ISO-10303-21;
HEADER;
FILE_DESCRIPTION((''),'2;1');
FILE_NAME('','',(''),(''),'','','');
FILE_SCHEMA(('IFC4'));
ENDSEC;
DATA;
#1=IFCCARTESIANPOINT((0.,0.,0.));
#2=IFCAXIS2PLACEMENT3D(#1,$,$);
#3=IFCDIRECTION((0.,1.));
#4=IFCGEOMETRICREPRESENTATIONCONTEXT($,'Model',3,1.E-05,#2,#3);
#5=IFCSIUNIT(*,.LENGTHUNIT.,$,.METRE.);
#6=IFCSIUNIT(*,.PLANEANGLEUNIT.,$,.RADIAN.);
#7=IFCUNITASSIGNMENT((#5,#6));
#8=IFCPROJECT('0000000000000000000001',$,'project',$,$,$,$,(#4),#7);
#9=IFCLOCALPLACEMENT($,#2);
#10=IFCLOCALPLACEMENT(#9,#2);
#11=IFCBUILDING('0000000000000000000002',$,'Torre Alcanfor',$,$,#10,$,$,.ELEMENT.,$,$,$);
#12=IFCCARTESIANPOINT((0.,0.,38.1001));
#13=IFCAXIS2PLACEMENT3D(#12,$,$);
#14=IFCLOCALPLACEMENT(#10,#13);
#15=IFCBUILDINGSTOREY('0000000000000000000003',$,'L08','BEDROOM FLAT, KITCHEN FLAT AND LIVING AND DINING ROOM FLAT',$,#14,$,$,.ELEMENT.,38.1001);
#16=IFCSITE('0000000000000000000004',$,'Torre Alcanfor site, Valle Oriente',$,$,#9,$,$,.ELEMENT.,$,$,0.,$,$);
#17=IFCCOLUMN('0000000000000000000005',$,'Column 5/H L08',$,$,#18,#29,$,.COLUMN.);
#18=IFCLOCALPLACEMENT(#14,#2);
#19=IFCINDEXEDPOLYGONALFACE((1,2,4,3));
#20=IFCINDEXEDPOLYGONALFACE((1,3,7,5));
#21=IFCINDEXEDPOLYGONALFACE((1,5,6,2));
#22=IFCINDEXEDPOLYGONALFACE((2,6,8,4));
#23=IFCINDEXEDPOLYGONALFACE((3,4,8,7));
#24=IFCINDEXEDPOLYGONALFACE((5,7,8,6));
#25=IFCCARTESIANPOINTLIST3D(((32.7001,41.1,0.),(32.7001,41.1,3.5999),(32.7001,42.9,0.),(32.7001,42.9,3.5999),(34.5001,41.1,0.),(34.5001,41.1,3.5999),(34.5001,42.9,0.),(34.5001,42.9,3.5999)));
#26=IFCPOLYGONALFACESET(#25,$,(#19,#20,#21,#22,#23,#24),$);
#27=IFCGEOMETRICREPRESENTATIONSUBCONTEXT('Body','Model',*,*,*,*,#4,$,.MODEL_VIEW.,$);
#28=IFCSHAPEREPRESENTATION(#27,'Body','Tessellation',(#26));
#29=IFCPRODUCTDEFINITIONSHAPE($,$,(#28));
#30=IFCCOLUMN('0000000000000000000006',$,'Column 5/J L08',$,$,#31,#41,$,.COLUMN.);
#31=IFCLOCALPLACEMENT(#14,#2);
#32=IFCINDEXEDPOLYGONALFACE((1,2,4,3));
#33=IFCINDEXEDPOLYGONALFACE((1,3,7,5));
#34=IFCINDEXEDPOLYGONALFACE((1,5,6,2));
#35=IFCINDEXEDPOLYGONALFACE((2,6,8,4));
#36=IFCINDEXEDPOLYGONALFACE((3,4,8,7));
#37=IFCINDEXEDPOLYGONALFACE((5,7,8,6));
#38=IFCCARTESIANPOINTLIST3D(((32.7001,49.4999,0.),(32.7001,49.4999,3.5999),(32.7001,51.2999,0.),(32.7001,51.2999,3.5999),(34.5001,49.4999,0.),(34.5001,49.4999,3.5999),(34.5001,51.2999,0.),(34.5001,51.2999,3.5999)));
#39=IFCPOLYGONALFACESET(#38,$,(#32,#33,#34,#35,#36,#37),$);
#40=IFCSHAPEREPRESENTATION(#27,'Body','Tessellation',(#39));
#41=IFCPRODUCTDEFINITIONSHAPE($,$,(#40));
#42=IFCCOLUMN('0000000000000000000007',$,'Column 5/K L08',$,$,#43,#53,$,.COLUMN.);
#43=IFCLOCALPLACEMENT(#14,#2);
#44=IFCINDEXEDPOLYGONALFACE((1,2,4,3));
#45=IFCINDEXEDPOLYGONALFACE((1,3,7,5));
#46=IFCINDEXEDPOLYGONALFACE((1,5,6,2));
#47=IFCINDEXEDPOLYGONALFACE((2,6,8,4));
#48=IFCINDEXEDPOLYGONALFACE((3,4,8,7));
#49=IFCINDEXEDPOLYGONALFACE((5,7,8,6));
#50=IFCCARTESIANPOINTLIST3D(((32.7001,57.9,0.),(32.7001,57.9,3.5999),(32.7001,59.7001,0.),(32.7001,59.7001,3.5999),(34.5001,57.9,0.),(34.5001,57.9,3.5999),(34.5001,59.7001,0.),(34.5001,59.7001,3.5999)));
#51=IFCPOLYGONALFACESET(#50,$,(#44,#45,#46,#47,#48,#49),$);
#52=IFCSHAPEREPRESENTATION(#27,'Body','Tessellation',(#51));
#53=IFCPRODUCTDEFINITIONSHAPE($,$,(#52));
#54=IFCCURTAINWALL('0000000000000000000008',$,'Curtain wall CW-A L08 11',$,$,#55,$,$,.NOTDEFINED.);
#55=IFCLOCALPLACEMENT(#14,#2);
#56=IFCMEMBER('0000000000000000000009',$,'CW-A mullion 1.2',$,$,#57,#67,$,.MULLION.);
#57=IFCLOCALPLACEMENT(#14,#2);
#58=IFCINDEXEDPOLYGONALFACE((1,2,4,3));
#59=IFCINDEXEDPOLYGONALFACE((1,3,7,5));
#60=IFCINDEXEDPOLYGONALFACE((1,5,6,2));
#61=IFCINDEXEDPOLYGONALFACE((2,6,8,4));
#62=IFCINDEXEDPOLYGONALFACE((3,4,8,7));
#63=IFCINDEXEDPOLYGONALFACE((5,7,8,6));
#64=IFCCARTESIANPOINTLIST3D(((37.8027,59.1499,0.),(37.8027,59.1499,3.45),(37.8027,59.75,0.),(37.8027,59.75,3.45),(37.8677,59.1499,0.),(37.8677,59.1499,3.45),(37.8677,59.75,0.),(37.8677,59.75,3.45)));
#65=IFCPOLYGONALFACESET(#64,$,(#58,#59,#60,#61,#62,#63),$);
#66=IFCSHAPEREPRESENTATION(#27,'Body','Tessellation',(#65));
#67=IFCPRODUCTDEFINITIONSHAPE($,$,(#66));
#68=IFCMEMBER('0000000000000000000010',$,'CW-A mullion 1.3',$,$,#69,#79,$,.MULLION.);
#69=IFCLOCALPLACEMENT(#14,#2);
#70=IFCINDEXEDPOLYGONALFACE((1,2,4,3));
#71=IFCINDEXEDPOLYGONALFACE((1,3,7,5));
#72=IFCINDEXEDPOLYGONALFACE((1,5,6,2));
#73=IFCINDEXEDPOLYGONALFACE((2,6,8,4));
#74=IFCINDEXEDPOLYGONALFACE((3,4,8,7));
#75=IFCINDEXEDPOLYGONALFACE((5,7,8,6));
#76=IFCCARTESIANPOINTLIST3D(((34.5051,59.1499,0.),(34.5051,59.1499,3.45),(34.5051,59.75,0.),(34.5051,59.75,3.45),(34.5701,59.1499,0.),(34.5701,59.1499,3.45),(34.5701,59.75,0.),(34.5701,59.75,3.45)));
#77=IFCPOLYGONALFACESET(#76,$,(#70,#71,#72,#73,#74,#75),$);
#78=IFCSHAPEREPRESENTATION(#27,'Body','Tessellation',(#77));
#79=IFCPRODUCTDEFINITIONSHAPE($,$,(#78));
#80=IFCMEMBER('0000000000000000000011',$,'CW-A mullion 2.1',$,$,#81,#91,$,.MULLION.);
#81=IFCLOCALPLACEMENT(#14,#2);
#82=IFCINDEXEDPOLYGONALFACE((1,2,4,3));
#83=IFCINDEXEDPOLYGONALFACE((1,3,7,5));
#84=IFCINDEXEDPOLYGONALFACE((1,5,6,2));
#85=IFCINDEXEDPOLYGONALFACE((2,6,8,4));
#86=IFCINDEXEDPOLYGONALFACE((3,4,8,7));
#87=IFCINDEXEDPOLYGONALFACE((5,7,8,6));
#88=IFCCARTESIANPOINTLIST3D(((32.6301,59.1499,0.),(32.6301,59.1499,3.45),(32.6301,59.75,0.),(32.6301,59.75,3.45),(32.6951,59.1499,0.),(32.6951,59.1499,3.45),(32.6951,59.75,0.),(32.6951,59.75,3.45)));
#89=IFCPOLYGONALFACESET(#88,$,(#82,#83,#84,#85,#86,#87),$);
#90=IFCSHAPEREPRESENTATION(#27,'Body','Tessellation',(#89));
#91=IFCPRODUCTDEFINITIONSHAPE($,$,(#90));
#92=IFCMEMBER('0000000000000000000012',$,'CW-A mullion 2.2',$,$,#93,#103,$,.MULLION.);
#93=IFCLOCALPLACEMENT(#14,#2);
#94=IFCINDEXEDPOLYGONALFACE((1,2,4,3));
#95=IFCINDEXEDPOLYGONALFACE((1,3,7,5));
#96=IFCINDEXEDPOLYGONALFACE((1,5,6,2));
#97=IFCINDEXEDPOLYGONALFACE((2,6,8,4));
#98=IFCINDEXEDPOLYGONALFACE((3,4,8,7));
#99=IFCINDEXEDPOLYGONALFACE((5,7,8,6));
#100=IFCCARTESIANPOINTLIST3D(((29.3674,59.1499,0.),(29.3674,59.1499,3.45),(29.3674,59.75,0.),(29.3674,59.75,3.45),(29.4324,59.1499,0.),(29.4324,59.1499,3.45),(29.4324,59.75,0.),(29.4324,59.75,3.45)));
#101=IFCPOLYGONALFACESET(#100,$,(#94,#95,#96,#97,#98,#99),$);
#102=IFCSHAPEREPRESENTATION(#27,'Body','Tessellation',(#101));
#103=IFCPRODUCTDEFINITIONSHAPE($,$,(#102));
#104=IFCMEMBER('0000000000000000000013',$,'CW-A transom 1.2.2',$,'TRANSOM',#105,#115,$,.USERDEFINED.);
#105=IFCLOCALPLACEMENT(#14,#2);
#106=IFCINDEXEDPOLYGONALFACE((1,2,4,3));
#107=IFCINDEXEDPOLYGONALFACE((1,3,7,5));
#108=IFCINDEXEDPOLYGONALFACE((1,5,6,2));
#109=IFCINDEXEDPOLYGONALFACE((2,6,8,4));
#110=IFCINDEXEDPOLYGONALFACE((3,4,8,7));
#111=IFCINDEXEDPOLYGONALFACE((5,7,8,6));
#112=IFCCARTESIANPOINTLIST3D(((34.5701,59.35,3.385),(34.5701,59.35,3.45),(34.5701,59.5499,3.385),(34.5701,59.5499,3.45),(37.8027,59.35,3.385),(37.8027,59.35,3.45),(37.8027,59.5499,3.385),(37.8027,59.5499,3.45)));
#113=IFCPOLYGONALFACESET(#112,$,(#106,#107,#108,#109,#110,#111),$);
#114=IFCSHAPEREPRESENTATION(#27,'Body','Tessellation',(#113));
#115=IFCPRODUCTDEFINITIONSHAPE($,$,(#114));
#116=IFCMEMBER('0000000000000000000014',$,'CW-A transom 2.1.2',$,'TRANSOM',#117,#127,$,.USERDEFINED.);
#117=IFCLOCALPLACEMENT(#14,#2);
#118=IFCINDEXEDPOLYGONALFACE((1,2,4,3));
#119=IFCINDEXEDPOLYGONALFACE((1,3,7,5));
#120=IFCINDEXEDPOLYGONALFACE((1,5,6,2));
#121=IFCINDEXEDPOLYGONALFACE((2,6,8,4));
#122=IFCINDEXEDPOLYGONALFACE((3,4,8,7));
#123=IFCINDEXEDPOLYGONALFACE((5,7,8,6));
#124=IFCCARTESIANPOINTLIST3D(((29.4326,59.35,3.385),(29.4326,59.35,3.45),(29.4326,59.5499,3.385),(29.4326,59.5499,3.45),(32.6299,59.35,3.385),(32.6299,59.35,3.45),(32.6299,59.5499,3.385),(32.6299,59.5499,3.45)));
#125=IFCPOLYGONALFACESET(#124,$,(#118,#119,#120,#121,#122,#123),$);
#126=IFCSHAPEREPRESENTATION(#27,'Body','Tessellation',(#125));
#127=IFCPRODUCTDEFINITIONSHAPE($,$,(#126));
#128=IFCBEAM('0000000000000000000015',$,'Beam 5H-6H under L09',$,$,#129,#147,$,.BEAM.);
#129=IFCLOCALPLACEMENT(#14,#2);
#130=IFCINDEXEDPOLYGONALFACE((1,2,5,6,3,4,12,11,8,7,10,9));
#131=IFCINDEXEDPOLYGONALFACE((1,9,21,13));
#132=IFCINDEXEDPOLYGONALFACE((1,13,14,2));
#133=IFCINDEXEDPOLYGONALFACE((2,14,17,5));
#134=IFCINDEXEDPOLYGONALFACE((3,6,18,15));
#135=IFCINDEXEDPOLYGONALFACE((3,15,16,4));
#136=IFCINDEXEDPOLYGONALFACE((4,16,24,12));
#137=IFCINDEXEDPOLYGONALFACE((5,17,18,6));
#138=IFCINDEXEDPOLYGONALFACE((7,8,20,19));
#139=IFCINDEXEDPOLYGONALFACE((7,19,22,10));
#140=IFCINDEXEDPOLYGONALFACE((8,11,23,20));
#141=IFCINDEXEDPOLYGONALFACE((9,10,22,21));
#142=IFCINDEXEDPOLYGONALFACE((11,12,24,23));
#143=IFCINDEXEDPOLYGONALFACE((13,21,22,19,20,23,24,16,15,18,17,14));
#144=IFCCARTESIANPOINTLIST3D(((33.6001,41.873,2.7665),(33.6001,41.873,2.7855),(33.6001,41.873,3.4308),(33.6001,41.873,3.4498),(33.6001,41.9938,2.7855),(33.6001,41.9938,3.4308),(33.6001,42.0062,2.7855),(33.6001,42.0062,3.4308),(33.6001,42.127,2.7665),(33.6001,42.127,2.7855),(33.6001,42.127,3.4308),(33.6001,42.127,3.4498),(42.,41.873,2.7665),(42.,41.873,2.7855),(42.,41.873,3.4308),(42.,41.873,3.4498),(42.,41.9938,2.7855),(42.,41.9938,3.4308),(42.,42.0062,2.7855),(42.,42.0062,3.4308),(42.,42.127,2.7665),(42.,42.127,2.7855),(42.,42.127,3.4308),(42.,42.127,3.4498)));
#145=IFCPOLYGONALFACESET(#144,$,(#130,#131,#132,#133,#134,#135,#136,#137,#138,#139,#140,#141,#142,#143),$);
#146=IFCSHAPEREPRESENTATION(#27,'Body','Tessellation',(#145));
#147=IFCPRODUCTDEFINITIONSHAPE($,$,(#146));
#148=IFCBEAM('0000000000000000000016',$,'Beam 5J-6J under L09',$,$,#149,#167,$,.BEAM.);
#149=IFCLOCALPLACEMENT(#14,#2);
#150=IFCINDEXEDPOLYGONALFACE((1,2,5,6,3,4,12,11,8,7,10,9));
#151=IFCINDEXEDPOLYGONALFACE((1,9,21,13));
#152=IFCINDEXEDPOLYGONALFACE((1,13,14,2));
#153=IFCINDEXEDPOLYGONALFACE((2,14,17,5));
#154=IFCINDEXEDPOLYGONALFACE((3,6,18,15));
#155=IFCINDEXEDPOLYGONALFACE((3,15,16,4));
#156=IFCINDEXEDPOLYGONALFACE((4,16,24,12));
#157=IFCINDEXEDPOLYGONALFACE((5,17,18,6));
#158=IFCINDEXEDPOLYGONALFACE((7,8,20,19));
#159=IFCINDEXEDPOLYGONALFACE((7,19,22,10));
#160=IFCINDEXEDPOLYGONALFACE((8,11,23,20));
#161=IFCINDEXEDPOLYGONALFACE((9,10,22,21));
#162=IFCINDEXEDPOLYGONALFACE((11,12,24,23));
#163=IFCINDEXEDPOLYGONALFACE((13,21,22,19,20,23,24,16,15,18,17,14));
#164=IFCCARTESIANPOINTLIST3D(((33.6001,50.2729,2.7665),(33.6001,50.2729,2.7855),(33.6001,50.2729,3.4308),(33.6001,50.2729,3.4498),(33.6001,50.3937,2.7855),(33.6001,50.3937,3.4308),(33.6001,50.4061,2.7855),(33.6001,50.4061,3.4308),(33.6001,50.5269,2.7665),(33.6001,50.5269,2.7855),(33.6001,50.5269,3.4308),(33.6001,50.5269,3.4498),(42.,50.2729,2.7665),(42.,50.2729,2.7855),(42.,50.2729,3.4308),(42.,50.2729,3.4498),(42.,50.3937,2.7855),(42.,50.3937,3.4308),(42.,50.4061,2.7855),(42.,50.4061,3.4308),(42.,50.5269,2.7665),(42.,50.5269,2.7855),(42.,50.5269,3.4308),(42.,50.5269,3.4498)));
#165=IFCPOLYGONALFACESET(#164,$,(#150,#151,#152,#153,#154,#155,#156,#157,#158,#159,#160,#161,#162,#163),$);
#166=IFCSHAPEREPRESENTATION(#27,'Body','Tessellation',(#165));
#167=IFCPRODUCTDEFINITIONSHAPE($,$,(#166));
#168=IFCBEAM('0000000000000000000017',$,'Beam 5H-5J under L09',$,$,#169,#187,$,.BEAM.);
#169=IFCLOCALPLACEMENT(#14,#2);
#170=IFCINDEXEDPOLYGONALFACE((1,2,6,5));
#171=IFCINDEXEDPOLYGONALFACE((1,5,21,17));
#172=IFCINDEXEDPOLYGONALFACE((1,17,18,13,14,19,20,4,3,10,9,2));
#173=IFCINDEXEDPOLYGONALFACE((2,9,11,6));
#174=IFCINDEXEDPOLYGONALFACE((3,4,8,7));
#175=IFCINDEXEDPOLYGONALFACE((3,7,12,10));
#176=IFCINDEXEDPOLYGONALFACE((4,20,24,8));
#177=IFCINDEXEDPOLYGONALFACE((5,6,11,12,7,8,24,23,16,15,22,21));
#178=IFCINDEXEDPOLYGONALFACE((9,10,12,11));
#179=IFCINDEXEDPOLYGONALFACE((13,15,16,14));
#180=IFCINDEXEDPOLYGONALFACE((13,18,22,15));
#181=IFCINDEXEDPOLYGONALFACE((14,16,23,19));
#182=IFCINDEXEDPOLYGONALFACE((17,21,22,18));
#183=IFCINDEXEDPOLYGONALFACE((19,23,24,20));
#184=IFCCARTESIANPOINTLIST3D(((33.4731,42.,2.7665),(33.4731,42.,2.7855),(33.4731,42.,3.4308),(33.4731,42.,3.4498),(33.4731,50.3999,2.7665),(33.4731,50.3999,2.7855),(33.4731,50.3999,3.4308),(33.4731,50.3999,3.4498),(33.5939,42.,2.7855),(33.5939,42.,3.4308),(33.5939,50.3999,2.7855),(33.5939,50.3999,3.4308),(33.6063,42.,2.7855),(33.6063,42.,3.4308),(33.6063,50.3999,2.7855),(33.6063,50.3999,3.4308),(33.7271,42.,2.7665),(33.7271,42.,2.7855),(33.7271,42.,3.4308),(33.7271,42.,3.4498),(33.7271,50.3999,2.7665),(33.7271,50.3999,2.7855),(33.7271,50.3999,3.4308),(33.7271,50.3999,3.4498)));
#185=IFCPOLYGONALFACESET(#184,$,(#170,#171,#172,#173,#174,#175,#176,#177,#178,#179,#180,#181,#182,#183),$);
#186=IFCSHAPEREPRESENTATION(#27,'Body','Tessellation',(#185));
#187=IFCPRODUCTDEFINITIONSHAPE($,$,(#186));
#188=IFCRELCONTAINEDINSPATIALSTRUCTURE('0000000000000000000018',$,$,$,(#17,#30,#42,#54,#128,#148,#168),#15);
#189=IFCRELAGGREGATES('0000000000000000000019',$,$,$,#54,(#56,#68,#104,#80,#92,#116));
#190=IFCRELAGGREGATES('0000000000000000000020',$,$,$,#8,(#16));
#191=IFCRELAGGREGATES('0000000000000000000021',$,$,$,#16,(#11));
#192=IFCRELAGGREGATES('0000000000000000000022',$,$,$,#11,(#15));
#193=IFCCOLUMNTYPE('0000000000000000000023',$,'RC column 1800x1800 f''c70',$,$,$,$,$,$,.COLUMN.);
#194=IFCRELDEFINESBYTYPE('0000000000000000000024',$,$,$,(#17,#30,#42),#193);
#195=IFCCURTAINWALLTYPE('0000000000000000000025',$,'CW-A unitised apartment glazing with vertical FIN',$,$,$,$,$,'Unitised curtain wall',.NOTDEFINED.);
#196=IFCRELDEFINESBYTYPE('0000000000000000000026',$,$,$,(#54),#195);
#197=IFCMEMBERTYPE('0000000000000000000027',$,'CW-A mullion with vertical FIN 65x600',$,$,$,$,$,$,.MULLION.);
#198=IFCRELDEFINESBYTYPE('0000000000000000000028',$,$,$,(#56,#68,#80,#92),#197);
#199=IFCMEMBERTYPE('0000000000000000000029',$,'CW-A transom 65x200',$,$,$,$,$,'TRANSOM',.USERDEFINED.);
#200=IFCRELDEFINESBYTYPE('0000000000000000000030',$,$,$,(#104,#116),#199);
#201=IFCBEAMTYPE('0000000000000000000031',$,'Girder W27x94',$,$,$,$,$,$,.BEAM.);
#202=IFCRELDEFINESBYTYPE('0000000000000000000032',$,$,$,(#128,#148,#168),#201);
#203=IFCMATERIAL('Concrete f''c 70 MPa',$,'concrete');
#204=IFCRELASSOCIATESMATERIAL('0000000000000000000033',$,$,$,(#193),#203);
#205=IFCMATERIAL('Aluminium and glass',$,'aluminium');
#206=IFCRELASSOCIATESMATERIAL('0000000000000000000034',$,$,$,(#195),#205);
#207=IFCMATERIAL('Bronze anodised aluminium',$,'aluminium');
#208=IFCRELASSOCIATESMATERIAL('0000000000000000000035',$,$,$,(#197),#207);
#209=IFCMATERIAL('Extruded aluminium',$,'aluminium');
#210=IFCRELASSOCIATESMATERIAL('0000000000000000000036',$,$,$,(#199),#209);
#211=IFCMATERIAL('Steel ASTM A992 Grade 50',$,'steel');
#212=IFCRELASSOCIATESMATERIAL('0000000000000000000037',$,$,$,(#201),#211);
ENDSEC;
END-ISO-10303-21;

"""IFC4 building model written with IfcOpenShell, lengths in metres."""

from ifc_helpers import new_model, si_unit, direction, frame, origin, origin_2d, place, context, subcontext, project, spatial, rectangle, i_section, extrude, material, material_profile, profile_set, type_object, element, aggregate, save


model = new_model("IFC4")

# Units and contexts
model_context = context("Model", 3, precision=1e-05, world=origin(), true_north=direction((0.0, 1.0)))
body_context = subcontext(model_context, "Body", "Model", "MODEL_VIEW")
ifc_project = project(units=[si_unit("LENGTHUNIT", "METRE"), si_unit("PLANEANGLEUNIT", "RADIAN")], contexts=[model_context])

# Site, building, storey
site_placement = place(None, origin())
site = spatial("IfcSite", under=ifc_project, at=site_placement, Name="Torre Alcanfor site, Valle Oriente", CompositionType="ELEMENT", RefElevation=0.0)
building_placement = place(site_placement, origin())
building = spatial("IfcBuilding", under=site, at=building_placement, Name="Torre Alcanfor", CompositionType="ELEMENT")
storey_placement = place(building_placement, frame((0.0, 0.0, 38.1001)))
storey = spatial("IfcBuildingStorey", under=building, at=storey_placement, Name="L08", Description="BEDROOM FLAT, KITCHEN FLAT AND LIVING AND DINING ROOM FLAT", CompositionType="ELEMENT", Elevation=38.1001)

# Columns
ifc_material_1 = material(Name="Concrete f'c 70 MPa", Category="concrete")
ifc_material_profile_1 = material_profile(ifc_material_1, rectangle(XDim=1.8, YDim=1.8, at=origin_2d()), Name="1800x1800")
ifc_profile_set_1 = profile_set([ifc_material_profile_1], Name="Concrete f'c 70 MPa")
column_type = type_object("IfcColumnType", Name="RC column 1800x1800 f'c70", PredefinedType="COLUMN", material=ifc_profile_set_1)
for number, where, z_axis, x_axis, name in (
    (1, (33.6001, 42.0, 0.0), (0.0, 0.0, 1.0), (1.0, 0.0, 0.0), "Column 5/H L08"),
    (2, (33.6001, 50.3999, 0.0), (0.0, 0.0, 1.0), (1.0, 0.0, 0.0), "Column 5/J L08"),
    (3, (33.6001, 58.8, 0.0), (0.0, 0.0, 1.0), (1.0, 0.0, 0.0), "Column 5/K L08"),
):
    element("IfcColumn", number, at=place(storey_placement, frame(where, z_axis=z_axis, x_axis=x_axis)), inside=storey, type_object=column_type, Name=name, PredefinedType="COLUMN", context=body_context, shape_type="SweptSolid", body=[
        extrude(rectangle(XDim=1.8, YDim=1.8, at=origin_2d()), origin(), (0.0, 0.0, 1.0), 3.5999),
    ])

# Curtain wall, members
ifc_material_2 = material(Name="Aluminium and glass", Category="aluminium")
curtain_wall_type = type_object("IfcCurtainWallType", Name="CW-A unitised apartment glazing with vertical FIN", ElementType="Unitised curtain wall", PredefinedType="NOTDEFINED", material=ifc_material_2)
curtain_wall_placement = place(storey_placement, origin())
curtain_wall = element("IfcCurtainWall", 4, at=curtain_wall_placement, inside=storey, type_object=curtain_wall_type, Name="Curtain wall CW-A L08 11", PredefinedType="NOTDEFINED")
ifc_material_3 = material(Name="Bronze anodised aluminium", Category="aluminium")
ifc_material_profile_2 = material_profile(ifc_material_3, rectangle(XDim=0.6001, YDim=0.0649, at=origin_2d()), Name="CW-A mullion 65x600")
ifc_profile_set_2 = profile_set([ifc_material_profile_2], Name="Bronze anodised aluminium")
member_type_1 = type_object("IfcMemberType", Name="CW-A mullion with vertical FIN 65x600", PredefinedType="MULLION", material=ifc_profile_set_2)
member_1_placement = place(storey_placement, frame((37.8352, 59.45, 0.0), z_axis=(0.0, 0.0, 1.0), x_axis=(0.0, -1.0, 0.0)))
member_1 = element("IfcMember", 5, at=member_1_placement, type_object=member_type_1, Name="CW-A mullion 1.2", PredefinedType="MULLION", context=body_context, shape_type="SweptSolid", body=[
    extrude(rectangle(XDim=0.6001, YDim=0.0649, at=origin_2d()), origin(), (0.0, 0.0, 1.0), 3.45),
])
member_2_placement = place(storey_placement, frame((34.5376, 59.45, 0.0), z_axis=(0.0, 0.0, 1.0), x_axis=(0.0, -1.0, 0.0)))
member_2 = element("IfcMember", 6, at=member_2_placement, type_object=member_type_1, Name="CW-A mullion 1.3", PredefinedType="MULLION", context=body_context, shape_type="SweptSolid", body=[
    extrude(rectangle(XDim=0.6001, YDim=0.0649, at=origin_2d()), origin(), (0.0, 0.0, 1.0), 3.45),
])
member_3_placement = place(storey_placement, frame((32.6626, 59.45, 0.0), z_axis=(0.0, 0.0, 1.0), x_axis=(0.0, -1.0, 0.0)))
member_3 = element("IfcMember", 7, at=member_3_placement, type_object=member_type_1, Name="CW-A mullion 2.1", PredefinedType="MULLION", context=body_context, shape_type="SweptSolid", body=[
    extrude(rectangle(XDim=0.6001, YDim=0.0649, at=origin_2d()), origin(), (0.0, 0.0, 1.0), 3.45),
])
member_4_placement = place(storey_placement, frame((29.3999, 59.45, 0.0), z_axis=(0.0, 0.0, 1.0), x_axis=(0.0, -1.0, 0.0)))
member_4 = element("IfcMember", 8, at=member_4_placement, type_object=member_type_1, Name="CW-A mullion 2.2", PredefinedType="MULLION", context=body_context, shape_type="SweptSolid", body=[
    extrude(rectangle(XDim=0.6001, YDim=0.0649, at=origin_2d()), origin(), (0.0, 0.0, 1.0), 3.45),
])
ifc_material_4 = material(Name="Extruded aluminium", Category="aluminium")
ifc_material_profile_3 = material_profile(ifc_material_4, rectangle(XDim=0.2, YDim=0.0649, at=origin_2d()), Name="CW-A transom 200x65")
ifc_profile_set_3 = profile_set([ifc_material_profile_3], Name="Extruded aluminium")
member_type_2 = type_object("IfcMemberType", Name="CW-A transom 65x200", ElementType="TRANSOM", PredefinedType="USERDEFINED", material=ifc_profile_set_3)
member_5_placement = place(storey_placement, frame((37.8027, 59.45, 3.4175), z_axis=(-1.0, 0.0, 0.0), x_axis=(0.0, -1.0, 0.0)))
member_5 = element("IfcMember", 9, at=member_5_placement, type_object=member_type_2, Name="CW-A transom 1.2.2", ObjectType="TRANSOM", PredefinedType="USERDEFINED", context=body_context, shape_type="SweptSolid", body=[
    extrude(rectangle(XDim=0.2, YDim=0.0649, at=origin_2d()), origin(), (0.0, 0.0, 1.0), 3.2327),
])
member_6_placement = place(storey_placement, frame((32.6299, 59.45, 3.4175), z_axis=(-1.0, 0.0, 0.0), x_axis=(0.0, -1.0, 0.0)))
member_6 = element("IfcMember", 10, at=member_6_placement, type_object=member_type_2, Name="CW-A transom 2.1.2", ObjectType="TRANSOM", PredefinedType="USERDEFINED", context=body_context, shape_type="SweptSolid", body=[
    extrude(rectangle(XDim=0.2, YDim=0.0649, at=origin_2d()), origin(), (0.0, 0.0, 1.0), 3.1973),
])

# Beams
ifc_material_5 = material(Name="Steel ASTM A992 Grade 50", Category="steel")
ifc_material_profile_4 = material_profile(ifc_material_5, i_section(OverallWidth=0.2539, OverallDepth=0.6833, WebThickness=0.0125, FlangeThickness=0.019, at=origin_2d()), Name="W27x94")
ifc_profile_set_4 = profile_set([ifc_material_profile_4], Name="Steel ASTM A992 Grade 50")
beam_type_1 = type_object("IfcBeamType", Name="Girder W27x94", PredefinedType="BEAM", material=ifc_profile_set_4)
for number, where, z_axis, x_axis, name in (
    (11, (33.6001, 42.0, 3.1082), (1.0, 0.0, 0.0), (0.0, 1.0, 0.0), "Beam 5H-6H under L09"),
    (12, (33.6001, 50.3999, 3.1082), (1.0, 0.0, 0.0), (0.0, 1.0, 0.0), "Beam 5J-6J under L09"),
    (13, (33.6001, 42.0, 3.1082), (0.0, 1.0, 0.0), (-1.0, 0.0, 0.0), "Beam 5H-5J under L09"),
):
    element("IfcBeam", number, at=place(storey_placement, frame(where, z_axis=z_axis, x_axis=x_axis)), inside=storey, type_object=beam_type_1, Name=name, PredefinedType="BEAM", context=body_context, shape_type="SweptSolid", body=[
        extrude(i_section(OverallWidth=0.2539, OverallDepth=0.6833, WebThickness=0.0125, FlangeThickness=0.019, at=origin_2d()), origin(), (0.0, 0.0, 1.0), 8.3999),
    ])

aggregate(curtain_wall, [member_1, member_2, member_5, member_3, member_4, member_6])

save(model, "model.ifc")
